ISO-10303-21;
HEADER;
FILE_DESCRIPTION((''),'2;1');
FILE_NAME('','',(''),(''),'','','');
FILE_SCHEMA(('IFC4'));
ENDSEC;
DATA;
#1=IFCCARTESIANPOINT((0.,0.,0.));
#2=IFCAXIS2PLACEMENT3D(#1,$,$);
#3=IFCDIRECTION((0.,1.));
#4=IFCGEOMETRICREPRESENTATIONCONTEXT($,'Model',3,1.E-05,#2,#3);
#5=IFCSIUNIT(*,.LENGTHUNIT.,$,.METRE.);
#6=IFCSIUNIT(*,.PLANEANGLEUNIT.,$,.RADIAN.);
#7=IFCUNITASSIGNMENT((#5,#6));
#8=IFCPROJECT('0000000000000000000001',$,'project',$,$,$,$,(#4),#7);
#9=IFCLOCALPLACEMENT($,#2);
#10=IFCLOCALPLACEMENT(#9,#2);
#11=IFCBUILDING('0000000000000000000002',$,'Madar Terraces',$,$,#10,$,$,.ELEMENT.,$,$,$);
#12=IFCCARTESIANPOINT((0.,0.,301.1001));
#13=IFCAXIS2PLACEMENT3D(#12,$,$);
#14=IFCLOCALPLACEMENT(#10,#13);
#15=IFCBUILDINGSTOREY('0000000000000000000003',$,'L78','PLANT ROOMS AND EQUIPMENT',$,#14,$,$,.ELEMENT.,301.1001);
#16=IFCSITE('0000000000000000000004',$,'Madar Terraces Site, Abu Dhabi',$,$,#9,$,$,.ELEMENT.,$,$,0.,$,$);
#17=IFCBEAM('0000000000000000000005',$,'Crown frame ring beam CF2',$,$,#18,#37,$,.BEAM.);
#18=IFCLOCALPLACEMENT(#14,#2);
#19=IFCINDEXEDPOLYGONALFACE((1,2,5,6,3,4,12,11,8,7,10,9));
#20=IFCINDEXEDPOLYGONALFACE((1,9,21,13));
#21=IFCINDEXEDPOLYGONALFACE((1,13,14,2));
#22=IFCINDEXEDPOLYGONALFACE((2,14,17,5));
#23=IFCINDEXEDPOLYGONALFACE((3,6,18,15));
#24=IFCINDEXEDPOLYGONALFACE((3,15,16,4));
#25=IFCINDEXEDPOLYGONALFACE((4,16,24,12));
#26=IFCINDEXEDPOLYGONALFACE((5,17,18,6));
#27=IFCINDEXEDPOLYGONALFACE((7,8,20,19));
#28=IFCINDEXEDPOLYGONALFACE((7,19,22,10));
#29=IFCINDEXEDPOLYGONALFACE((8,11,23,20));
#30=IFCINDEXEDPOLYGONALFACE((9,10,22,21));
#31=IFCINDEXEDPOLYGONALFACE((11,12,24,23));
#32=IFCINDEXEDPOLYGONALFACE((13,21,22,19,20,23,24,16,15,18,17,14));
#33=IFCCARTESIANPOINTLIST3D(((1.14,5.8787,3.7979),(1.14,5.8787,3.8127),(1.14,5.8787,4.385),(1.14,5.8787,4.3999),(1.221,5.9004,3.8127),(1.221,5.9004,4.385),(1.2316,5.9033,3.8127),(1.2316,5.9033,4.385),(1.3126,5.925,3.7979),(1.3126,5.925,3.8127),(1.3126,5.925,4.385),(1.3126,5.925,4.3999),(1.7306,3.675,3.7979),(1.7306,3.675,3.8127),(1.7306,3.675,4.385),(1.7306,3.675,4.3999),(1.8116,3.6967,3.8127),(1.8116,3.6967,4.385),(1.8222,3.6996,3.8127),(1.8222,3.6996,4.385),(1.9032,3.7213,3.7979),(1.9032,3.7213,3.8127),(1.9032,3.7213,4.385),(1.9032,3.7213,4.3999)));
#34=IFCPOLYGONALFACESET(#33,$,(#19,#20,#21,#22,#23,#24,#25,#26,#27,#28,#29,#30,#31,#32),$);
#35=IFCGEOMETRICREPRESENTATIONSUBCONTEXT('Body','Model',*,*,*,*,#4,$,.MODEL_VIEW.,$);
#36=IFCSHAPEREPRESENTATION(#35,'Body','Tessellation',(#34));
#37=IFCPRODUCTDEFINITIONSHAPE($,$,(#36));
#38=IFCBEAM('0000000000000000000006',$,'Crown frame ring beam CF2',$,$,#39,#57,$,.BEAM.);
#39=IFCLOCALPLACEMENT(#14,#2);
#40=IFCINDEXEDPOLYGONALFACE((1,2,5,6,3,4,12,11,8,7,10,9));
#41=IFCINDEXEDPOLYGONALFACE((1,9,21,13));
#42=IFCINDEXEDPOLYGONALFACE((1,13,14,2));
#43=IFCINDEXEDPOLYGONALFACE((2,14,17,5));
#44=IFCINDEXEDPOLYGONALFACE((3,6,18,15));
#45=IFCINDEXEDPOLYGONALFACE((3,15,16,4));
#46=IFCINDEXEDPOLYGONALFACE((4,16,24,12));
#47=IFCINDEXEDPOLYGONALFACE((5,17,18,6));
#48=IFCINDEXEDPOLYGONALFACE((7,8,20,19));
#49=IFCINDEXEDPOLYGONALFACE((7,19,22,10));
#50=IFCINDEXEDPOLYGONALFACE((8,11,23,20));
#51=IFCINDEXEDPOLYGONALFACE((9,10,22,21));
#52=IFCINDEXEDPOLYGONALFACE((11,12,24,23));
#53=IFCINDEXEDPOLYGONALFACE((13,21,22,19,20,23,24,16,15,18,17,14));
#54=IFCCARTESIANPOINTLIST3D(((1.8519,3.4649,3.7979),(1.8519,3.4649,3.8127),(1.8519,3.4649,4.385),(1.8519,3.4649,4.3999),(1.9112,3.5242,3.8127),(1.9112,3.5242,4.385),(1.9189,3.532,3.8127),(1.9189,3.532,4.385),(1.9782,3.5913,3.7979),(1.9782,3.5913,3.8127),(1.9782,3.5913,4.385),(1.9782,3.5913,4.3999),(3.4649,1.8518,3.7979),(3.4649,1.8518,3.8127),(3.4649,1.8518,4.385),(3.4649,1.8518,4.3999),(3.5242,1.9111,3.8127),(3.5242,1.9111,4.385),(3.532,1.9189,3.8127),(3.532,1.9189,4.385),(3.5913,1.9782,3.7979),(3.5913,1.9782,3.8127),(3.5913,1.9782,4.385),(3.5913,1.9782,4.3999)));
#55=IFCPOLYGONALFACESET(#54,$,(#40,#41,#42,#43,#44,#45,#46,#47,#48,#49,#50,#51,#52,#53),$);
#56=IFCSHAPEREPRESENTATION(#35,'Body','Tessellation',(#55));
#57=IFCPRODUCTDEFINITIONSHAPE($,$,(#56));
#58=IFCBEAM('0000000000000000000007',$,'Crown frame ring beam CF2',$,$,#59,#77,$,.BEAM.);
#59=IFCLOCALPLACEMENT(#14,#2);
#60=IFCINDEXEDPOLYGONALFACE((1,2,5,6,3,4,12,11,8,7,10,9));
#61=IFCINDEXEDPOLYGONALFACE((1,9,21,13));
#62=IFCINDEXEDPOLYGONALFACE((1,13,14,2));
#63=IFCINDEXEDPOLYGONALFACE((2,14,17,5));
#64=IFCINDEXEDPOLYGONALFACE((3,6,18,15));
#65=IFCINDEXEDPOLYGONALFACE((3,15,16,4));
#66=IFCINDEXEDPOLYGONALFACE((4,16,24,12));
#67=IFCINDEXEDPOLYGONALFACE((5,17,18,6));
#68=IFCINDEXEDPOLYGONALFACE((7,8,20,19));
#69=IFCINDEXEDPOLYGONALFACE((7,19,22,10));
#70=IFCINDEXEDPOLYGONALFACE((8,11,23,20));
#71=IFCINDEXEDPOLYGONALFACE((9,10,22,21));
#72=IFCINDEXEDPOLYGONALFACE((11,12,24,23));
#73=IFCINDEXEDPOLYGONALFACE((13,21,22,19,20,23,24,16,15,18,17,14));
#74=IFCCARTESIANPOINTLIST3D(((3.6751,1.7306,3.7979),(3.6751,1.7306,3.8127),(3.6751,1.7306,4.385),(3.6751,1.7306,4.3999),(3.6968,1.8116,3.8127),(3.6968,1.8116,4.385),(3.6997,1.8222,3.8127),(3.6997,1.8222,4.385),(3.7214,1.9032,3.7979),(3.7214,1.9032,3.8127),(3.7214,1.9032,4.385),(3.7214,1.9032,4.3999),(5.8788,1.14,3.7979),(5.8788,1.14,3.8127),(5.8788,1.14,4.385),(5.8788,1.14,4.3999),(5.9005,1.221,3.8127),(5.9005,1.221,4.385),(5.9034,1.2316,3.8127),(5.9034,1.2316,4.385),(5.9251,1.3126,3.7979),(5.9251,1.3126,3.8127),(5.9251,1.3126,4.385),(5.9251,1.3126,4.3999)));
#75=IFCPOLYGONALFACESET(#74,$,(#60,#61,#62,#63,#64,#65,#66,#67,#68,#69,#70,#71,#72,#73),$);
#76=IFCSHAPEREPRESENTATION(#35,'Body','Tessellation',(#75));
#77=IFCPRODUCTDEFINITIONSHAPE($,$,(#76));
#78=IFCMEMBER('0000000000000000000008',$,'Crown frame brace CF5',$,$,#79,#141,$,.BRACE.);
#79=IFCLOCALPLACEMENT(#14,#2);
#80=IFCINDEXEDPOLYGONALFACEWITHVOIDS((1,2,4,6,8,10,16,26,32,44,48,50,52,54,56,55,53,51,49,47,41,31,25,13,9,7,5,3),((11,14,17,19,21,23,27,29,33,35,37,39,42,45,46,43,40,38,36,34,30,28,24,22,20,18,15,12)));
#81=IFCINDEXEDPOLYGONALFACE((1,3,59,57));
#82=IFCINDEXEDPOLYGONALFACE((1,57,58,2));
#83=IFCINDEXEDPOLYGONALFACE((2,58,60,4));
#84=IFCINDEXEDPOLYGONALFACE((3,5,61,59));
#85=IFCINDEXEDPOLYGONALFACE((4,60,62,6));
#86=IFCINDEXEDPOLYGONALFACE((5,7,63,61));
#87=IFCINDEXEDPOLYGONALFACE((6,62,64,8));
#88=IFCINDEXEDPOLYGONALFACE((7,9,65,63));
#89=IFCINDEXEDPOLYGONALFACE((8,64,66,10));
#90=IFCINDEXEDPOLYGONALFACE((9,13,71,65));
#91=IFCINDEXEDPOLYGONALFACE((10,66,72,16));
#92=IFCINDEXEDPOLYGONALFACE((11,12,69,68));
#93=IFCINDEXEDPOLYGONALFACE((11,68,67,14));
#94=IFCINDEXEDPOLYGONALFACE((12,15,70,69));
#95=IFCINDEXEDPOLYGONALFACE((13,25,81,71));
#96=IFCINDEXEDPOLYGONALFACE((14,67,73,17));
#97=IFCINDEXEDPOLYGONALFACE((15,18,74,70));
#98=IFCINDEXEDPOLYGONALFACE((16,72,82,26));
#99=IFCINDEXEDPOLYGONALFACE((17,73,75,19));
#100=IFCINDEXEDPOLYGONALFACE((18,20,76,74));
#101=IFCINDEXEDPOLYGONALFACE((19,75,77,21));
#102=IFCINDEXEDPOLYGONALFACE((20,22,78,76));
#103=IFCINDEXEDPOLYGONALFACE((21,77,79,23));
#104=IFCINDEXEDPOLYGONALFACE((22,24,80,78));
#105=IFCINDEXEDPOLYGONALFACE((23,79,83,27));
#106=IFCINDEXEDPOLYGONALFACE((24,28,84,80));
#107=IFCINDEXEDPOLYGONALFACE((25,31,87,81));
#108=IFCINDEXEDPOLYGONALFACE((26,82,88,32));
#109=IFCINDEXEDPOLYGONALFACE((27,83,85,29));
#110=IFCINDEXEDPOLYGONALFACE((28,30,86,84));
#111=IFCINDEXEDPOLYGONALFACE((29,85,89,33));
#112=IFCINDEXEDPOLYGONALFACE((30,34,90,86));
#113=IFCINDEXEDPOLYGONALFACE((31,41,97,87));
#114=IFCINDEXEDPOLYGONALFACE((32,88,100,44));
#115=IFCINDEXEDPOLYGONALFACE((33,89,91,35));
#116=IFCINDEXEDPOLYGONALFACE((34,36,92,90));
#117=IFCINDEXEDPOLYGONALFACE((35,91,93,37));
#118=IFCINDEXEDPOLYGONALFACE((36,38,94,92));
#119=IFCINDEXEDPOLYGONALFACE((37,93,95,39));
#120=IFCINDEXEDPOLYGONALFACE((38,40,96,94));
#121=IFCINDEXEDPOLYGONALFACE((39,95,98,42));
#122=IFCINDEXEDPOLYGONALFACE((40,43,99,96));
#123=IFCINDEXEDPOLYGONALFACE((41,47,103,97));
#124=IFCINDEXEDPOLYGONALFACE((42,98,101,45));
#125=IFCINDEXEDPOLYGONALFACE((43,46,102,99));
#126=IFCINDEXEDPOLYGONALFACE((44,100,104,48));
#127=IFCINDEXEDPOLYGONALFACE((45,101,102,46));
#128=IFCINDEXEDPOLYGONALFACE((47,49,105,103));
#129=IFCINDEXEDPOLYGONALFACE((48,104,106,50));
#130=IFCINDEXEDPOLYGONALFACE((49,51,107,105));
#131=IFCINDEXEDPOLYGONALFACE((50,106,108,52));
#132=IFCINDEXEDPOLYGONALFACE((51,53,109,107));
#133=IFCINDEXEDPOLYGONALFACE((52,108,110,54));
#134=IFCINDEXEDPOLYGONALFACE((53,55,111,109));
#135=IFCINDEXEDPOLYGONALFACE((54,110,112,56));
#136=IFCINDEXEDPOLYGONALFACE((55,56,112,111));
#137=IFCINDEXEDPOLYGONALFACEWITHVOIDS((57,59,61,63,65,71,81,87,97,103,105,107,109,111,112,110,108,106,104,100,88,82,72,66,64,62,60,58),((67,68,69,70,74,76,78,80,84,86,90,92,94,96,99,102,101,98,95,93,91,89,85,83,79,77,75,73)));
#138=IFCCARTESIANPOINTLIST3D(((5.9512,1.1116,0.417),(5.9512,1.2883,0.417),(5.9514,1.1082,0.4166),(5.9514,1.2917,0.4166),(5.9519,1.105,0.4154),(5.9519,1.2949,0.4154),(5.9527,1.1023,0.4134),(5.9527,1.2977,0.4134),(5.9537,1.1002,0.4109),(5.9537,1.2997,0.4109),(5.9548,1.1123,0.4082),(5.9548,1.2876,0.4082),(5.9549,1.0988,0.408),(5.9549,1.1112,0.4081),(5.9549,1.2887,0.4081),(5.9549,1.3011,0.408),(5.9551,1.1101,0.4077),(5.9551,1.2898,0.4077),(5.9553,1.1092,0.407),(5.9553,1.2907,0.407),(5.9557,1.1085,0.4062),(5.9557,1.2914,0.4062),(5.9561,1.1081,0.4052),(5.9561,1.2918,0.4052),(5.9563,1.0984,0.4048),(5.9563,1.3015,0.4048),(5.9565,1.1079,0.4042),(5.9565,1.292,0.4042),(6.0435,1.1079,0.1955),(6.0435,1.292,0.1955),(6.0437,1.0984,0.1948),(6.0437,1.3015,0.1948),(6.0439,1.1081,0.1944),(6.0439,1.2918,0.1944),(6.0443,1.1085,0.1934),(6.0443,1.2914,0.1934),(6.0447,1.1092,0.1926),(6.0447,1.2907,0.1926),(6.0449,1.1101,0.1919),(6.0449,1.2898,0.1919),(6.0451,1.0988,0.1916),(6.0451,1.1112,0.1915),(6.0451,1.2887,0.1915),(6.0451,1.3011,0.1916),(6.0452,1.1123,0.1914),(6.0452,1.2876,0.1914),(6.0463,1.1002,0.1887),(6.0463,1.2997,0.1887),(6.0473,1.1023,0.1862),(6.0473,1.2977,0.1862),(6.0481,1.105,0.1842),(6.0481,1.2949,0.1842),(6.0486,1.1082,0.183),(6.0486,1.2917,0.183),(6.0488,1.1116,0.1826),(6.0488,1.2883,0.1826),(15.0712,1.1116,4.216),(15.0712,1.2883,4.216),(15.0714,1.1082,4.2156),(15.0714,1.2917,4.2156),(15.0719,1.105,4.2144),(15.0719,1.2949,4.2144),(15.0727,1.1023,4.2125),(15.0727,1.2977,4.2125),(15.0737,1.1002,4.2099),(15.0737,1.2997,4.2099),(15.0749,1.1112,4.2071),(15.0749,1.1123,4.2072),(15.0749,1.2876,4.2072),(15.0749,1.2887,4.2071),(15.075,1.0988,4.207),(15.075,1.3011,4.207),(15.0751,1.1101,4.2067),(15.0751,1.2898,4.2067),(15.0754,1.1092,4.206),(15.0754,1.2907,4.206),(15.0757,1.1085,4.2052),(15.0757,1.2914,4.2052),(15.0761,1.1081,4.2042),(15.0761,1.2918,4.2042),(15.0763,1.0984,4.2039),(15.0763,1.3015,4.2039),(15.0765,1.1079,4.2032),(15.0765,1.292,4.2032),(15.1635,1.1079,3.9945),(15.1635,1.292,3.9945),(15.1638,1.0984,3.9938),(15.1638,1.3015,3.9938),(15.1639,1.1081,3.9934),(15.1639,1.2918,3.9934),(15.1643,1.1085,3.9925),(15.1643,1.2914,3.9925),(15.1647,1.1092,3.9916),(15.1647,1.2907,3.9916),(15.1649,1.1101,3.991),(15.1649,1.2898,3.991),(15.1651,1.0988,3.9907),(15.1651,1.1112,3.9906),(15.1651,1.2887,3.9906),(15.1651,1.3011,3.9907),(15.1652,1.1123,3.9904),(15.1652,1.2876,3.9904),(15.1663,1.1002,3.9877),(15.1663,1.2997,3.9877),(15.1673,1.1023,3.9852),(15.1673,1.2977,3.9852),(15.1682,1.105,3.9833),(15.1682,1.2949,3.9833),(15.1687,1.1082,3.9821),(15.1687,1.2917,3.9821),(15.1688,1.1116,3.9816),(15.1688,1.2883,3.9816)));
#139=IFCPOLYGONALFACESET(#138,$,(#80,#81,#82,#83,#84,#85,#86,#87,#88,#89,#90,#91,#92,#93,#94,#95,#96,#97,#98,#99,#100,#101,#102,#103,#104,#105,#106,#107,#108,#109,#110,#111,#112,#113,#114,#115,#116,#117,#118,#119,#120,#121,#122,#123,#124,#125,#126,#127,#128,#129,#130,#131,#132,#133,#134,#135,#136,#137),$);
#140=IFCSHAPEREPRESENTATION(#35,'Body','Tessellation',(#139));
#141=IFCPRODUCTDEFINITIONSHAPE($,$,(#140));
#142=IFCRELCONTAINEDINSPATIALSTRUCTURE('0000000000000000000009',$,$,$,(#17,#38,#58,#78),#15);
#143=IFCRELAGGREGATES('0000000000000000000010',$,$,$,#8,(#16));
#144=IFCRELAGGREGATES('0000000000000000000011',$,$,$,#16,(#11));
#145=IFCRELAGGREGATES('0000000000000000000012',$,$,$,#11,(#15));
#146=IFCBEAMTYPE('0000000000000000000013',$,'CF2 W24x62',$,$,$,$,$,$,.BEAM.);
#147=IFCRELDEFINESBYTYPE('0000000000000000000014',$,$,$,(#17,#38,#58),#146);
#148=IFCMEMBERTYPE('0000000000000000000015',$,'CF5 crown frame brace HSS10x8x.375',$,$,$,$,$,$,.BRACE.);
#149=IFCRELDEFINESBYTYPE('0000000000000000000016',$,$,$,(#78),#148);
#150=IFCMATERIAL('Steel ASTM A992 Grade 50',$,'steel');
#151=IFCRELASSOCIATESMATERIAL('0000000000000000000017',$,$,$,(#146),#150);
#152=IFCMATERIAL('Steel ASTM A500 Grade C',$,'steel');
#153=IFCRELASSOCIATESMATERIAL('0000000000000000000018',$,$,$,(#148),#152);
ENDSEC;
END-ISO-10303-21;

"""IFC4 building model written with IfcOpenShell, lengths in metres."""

from ifc_helpers import new_model, si_unit, direction, frame, origin, origin_2d, place, context, subcontext, project, spatial, hollow_rectangle, i_section, extrude, material, material_profile, profile_set, type_object, element, save


model = new_model("IFC4")

# Units and contexts
model_context = context("Model", 3, precision=1e-05, world=origin(), true_north=direction((0.0, 1.0)))
body_context = subcontext(model_context, "Body", "Model", "MODEL_VIEW")
ifc_project = project(units=[si_unit("LENGTHUNIT", "METRE"), si_unit("PLANEANGLEUNIT", "RADIAN")], contexts=[model_context])

# Site, building, storey
site_placement = place(None, origin())
site = spatial("IfcSite", under=ifc_project, at=site_placement, Name="Madar Terraces Site, Abu Dhabi", CompositionType="ELEMENT", RefElevation=0.0)
building_placement = place(site_placement, origin())
building = spatial("IfcBuilding", under=site, at=building_placement, Name="Madar Terraces", CompositionType="ELEMENT")
storey_placement = place(building_placement, frame((0.0, 0.0, 301.1001)))
storey = spatial("IfcBuildingStorey", under=building, at=storey_placement, Name="L78", Description="PLANT ROOMS AND EQUIPMENT", CompositionType="ELEMENT", Elevation=301.1001)

# Beams
ifc_material_1 = material(Name="Steel ASTM A992 Grade 50", Category="steel")
ifc_material_profile_1 = material_profile(ifc_material_1, i_section(OverallWidth=0.1787, OverallDepth=0.6021, WebThickness=0.011, FlangeThickness=0.0149, at=origin_2d()), Name="W24x62")
ifc_profile_set_1 = profile_set([ifc_material_profile_1], Name="Steel ASTM A992 Grade 50")
beam_type = type_object("IfcBeamType", Name="CF2 W24x62", PredefinedType="BEAM", material=ifc_profile_set_1)
beam_1_placement = place(storey_placement, frame((1.2263, 5.9019, 4.0989), z_axis=(0.258868, -0.965913, 0.0), x_axis=(0.965913, 0.258868, 0.0)))
element("IfcBeam", 1, at=beam_1_placement, inside=storey, type_object=beam_type, Name="Crown frame ring beam CF2", PredefinedType="BEAM", context=body_context, shape_type="SweptSolid", body=[
    extrude(i_section(OverallWidth=0.1787, OverallDepth=0.6021, WebThickness=0.011, FlangeThickness=0.0149, at=origin_2d()), origin(), (0.0, 0.0, 1.0), 2.2815),
])
beam_2_placement = place(storey_placement, frame((1.915, 3.5281, 4.0989), z_axis=(0.707107, -0.707107, 0.0), x_axis=(0.707107, 0.707107, 0.0)))
element("IfcBeam", 2, at=beam_2_placement, inside=storey, type_object=beam_type, Name="Crown frame ring beam CF2", PredefinedType="BEAM", context=body_context, shape_type="SweptSolid", body=[
    extrude(i_section(OverallWidth=0.1787, OverallDepth=0.6021, WebThickness=0.011, FlangeThickness=0.0149, at=origin_2d()), origin(), (0.0, 0.0, 1.0), 2.2812),
])
beam_3_placement = place(storey_placement, frame((3.6982, 1.8169, 4.0989), z_axis=(0.965913, -0.258868, 0.0), x_axis=(0.258868, 0.965913, 0.0)))
element("IfcBeam", 3, at=beam_3_placement, inside=storey, type_object=beam_type, Name="Crown frame ring beam CF2", PredefinedType="BEAM", context=body_context, shape_type="SweptSolid", body=[
    extrude(i_section(OverallWidth=0.1787, OverallDepth=0.6021, WebThickness=0.011, FlangeThickness=0.0149, at=origin_2d()), origin(), (0.0, 0.0, 1.0), 2.2815),
])

# Member
ifc_material_2 = material(Name="Steel ASTM A500 Grade C", Category="steel")
ifc_material_profile_2 = material_profile(ifc_material_2, hollow_rectangle(XDim=0.2031, YDim=0.2539, WallThickness=0.0095, InnerFilletRadius=0.0044, OuterFilletRadius=0.0132, at=origin_2d()), Name="HSS10x8x.375")
ifc_profile_set_2 = profile_set([ifc_material_profile_2], Name="Steel ASTM A500 Grade C")
member_type_1 = type_object("IfcMemberType", Name="CF5 crown frame brace HSS10x8x.375", PredefinedType="BRACE", material=ifc_profile_set_2)
member_1_placement = place(storey_placement, frame((6.0, 1.2, 0.2998), z_axis=(0.923112, 0.0, 0.384531), x_axis=(0.0, 1.0, 0.0)))
element("IfcMember", 4, at=member_1_placement, inside=storey, type_object=member_type_1, Name="Crown frame brace CF5", PredefinedType="BRACE", context=body_context, shape_type="SweptSolid", body=[
    extrude(hollow_rectangle(XDim=0.2031, YDim=0.2539, WallThickness=0.0095, InnerFilletRadius=0.0044, OuterFilletRadius=0.0132, at=origin_2d()), origin(), (0.0, 0.0, 1.0), 9.8796),
])

save(model, "model.ifc")
